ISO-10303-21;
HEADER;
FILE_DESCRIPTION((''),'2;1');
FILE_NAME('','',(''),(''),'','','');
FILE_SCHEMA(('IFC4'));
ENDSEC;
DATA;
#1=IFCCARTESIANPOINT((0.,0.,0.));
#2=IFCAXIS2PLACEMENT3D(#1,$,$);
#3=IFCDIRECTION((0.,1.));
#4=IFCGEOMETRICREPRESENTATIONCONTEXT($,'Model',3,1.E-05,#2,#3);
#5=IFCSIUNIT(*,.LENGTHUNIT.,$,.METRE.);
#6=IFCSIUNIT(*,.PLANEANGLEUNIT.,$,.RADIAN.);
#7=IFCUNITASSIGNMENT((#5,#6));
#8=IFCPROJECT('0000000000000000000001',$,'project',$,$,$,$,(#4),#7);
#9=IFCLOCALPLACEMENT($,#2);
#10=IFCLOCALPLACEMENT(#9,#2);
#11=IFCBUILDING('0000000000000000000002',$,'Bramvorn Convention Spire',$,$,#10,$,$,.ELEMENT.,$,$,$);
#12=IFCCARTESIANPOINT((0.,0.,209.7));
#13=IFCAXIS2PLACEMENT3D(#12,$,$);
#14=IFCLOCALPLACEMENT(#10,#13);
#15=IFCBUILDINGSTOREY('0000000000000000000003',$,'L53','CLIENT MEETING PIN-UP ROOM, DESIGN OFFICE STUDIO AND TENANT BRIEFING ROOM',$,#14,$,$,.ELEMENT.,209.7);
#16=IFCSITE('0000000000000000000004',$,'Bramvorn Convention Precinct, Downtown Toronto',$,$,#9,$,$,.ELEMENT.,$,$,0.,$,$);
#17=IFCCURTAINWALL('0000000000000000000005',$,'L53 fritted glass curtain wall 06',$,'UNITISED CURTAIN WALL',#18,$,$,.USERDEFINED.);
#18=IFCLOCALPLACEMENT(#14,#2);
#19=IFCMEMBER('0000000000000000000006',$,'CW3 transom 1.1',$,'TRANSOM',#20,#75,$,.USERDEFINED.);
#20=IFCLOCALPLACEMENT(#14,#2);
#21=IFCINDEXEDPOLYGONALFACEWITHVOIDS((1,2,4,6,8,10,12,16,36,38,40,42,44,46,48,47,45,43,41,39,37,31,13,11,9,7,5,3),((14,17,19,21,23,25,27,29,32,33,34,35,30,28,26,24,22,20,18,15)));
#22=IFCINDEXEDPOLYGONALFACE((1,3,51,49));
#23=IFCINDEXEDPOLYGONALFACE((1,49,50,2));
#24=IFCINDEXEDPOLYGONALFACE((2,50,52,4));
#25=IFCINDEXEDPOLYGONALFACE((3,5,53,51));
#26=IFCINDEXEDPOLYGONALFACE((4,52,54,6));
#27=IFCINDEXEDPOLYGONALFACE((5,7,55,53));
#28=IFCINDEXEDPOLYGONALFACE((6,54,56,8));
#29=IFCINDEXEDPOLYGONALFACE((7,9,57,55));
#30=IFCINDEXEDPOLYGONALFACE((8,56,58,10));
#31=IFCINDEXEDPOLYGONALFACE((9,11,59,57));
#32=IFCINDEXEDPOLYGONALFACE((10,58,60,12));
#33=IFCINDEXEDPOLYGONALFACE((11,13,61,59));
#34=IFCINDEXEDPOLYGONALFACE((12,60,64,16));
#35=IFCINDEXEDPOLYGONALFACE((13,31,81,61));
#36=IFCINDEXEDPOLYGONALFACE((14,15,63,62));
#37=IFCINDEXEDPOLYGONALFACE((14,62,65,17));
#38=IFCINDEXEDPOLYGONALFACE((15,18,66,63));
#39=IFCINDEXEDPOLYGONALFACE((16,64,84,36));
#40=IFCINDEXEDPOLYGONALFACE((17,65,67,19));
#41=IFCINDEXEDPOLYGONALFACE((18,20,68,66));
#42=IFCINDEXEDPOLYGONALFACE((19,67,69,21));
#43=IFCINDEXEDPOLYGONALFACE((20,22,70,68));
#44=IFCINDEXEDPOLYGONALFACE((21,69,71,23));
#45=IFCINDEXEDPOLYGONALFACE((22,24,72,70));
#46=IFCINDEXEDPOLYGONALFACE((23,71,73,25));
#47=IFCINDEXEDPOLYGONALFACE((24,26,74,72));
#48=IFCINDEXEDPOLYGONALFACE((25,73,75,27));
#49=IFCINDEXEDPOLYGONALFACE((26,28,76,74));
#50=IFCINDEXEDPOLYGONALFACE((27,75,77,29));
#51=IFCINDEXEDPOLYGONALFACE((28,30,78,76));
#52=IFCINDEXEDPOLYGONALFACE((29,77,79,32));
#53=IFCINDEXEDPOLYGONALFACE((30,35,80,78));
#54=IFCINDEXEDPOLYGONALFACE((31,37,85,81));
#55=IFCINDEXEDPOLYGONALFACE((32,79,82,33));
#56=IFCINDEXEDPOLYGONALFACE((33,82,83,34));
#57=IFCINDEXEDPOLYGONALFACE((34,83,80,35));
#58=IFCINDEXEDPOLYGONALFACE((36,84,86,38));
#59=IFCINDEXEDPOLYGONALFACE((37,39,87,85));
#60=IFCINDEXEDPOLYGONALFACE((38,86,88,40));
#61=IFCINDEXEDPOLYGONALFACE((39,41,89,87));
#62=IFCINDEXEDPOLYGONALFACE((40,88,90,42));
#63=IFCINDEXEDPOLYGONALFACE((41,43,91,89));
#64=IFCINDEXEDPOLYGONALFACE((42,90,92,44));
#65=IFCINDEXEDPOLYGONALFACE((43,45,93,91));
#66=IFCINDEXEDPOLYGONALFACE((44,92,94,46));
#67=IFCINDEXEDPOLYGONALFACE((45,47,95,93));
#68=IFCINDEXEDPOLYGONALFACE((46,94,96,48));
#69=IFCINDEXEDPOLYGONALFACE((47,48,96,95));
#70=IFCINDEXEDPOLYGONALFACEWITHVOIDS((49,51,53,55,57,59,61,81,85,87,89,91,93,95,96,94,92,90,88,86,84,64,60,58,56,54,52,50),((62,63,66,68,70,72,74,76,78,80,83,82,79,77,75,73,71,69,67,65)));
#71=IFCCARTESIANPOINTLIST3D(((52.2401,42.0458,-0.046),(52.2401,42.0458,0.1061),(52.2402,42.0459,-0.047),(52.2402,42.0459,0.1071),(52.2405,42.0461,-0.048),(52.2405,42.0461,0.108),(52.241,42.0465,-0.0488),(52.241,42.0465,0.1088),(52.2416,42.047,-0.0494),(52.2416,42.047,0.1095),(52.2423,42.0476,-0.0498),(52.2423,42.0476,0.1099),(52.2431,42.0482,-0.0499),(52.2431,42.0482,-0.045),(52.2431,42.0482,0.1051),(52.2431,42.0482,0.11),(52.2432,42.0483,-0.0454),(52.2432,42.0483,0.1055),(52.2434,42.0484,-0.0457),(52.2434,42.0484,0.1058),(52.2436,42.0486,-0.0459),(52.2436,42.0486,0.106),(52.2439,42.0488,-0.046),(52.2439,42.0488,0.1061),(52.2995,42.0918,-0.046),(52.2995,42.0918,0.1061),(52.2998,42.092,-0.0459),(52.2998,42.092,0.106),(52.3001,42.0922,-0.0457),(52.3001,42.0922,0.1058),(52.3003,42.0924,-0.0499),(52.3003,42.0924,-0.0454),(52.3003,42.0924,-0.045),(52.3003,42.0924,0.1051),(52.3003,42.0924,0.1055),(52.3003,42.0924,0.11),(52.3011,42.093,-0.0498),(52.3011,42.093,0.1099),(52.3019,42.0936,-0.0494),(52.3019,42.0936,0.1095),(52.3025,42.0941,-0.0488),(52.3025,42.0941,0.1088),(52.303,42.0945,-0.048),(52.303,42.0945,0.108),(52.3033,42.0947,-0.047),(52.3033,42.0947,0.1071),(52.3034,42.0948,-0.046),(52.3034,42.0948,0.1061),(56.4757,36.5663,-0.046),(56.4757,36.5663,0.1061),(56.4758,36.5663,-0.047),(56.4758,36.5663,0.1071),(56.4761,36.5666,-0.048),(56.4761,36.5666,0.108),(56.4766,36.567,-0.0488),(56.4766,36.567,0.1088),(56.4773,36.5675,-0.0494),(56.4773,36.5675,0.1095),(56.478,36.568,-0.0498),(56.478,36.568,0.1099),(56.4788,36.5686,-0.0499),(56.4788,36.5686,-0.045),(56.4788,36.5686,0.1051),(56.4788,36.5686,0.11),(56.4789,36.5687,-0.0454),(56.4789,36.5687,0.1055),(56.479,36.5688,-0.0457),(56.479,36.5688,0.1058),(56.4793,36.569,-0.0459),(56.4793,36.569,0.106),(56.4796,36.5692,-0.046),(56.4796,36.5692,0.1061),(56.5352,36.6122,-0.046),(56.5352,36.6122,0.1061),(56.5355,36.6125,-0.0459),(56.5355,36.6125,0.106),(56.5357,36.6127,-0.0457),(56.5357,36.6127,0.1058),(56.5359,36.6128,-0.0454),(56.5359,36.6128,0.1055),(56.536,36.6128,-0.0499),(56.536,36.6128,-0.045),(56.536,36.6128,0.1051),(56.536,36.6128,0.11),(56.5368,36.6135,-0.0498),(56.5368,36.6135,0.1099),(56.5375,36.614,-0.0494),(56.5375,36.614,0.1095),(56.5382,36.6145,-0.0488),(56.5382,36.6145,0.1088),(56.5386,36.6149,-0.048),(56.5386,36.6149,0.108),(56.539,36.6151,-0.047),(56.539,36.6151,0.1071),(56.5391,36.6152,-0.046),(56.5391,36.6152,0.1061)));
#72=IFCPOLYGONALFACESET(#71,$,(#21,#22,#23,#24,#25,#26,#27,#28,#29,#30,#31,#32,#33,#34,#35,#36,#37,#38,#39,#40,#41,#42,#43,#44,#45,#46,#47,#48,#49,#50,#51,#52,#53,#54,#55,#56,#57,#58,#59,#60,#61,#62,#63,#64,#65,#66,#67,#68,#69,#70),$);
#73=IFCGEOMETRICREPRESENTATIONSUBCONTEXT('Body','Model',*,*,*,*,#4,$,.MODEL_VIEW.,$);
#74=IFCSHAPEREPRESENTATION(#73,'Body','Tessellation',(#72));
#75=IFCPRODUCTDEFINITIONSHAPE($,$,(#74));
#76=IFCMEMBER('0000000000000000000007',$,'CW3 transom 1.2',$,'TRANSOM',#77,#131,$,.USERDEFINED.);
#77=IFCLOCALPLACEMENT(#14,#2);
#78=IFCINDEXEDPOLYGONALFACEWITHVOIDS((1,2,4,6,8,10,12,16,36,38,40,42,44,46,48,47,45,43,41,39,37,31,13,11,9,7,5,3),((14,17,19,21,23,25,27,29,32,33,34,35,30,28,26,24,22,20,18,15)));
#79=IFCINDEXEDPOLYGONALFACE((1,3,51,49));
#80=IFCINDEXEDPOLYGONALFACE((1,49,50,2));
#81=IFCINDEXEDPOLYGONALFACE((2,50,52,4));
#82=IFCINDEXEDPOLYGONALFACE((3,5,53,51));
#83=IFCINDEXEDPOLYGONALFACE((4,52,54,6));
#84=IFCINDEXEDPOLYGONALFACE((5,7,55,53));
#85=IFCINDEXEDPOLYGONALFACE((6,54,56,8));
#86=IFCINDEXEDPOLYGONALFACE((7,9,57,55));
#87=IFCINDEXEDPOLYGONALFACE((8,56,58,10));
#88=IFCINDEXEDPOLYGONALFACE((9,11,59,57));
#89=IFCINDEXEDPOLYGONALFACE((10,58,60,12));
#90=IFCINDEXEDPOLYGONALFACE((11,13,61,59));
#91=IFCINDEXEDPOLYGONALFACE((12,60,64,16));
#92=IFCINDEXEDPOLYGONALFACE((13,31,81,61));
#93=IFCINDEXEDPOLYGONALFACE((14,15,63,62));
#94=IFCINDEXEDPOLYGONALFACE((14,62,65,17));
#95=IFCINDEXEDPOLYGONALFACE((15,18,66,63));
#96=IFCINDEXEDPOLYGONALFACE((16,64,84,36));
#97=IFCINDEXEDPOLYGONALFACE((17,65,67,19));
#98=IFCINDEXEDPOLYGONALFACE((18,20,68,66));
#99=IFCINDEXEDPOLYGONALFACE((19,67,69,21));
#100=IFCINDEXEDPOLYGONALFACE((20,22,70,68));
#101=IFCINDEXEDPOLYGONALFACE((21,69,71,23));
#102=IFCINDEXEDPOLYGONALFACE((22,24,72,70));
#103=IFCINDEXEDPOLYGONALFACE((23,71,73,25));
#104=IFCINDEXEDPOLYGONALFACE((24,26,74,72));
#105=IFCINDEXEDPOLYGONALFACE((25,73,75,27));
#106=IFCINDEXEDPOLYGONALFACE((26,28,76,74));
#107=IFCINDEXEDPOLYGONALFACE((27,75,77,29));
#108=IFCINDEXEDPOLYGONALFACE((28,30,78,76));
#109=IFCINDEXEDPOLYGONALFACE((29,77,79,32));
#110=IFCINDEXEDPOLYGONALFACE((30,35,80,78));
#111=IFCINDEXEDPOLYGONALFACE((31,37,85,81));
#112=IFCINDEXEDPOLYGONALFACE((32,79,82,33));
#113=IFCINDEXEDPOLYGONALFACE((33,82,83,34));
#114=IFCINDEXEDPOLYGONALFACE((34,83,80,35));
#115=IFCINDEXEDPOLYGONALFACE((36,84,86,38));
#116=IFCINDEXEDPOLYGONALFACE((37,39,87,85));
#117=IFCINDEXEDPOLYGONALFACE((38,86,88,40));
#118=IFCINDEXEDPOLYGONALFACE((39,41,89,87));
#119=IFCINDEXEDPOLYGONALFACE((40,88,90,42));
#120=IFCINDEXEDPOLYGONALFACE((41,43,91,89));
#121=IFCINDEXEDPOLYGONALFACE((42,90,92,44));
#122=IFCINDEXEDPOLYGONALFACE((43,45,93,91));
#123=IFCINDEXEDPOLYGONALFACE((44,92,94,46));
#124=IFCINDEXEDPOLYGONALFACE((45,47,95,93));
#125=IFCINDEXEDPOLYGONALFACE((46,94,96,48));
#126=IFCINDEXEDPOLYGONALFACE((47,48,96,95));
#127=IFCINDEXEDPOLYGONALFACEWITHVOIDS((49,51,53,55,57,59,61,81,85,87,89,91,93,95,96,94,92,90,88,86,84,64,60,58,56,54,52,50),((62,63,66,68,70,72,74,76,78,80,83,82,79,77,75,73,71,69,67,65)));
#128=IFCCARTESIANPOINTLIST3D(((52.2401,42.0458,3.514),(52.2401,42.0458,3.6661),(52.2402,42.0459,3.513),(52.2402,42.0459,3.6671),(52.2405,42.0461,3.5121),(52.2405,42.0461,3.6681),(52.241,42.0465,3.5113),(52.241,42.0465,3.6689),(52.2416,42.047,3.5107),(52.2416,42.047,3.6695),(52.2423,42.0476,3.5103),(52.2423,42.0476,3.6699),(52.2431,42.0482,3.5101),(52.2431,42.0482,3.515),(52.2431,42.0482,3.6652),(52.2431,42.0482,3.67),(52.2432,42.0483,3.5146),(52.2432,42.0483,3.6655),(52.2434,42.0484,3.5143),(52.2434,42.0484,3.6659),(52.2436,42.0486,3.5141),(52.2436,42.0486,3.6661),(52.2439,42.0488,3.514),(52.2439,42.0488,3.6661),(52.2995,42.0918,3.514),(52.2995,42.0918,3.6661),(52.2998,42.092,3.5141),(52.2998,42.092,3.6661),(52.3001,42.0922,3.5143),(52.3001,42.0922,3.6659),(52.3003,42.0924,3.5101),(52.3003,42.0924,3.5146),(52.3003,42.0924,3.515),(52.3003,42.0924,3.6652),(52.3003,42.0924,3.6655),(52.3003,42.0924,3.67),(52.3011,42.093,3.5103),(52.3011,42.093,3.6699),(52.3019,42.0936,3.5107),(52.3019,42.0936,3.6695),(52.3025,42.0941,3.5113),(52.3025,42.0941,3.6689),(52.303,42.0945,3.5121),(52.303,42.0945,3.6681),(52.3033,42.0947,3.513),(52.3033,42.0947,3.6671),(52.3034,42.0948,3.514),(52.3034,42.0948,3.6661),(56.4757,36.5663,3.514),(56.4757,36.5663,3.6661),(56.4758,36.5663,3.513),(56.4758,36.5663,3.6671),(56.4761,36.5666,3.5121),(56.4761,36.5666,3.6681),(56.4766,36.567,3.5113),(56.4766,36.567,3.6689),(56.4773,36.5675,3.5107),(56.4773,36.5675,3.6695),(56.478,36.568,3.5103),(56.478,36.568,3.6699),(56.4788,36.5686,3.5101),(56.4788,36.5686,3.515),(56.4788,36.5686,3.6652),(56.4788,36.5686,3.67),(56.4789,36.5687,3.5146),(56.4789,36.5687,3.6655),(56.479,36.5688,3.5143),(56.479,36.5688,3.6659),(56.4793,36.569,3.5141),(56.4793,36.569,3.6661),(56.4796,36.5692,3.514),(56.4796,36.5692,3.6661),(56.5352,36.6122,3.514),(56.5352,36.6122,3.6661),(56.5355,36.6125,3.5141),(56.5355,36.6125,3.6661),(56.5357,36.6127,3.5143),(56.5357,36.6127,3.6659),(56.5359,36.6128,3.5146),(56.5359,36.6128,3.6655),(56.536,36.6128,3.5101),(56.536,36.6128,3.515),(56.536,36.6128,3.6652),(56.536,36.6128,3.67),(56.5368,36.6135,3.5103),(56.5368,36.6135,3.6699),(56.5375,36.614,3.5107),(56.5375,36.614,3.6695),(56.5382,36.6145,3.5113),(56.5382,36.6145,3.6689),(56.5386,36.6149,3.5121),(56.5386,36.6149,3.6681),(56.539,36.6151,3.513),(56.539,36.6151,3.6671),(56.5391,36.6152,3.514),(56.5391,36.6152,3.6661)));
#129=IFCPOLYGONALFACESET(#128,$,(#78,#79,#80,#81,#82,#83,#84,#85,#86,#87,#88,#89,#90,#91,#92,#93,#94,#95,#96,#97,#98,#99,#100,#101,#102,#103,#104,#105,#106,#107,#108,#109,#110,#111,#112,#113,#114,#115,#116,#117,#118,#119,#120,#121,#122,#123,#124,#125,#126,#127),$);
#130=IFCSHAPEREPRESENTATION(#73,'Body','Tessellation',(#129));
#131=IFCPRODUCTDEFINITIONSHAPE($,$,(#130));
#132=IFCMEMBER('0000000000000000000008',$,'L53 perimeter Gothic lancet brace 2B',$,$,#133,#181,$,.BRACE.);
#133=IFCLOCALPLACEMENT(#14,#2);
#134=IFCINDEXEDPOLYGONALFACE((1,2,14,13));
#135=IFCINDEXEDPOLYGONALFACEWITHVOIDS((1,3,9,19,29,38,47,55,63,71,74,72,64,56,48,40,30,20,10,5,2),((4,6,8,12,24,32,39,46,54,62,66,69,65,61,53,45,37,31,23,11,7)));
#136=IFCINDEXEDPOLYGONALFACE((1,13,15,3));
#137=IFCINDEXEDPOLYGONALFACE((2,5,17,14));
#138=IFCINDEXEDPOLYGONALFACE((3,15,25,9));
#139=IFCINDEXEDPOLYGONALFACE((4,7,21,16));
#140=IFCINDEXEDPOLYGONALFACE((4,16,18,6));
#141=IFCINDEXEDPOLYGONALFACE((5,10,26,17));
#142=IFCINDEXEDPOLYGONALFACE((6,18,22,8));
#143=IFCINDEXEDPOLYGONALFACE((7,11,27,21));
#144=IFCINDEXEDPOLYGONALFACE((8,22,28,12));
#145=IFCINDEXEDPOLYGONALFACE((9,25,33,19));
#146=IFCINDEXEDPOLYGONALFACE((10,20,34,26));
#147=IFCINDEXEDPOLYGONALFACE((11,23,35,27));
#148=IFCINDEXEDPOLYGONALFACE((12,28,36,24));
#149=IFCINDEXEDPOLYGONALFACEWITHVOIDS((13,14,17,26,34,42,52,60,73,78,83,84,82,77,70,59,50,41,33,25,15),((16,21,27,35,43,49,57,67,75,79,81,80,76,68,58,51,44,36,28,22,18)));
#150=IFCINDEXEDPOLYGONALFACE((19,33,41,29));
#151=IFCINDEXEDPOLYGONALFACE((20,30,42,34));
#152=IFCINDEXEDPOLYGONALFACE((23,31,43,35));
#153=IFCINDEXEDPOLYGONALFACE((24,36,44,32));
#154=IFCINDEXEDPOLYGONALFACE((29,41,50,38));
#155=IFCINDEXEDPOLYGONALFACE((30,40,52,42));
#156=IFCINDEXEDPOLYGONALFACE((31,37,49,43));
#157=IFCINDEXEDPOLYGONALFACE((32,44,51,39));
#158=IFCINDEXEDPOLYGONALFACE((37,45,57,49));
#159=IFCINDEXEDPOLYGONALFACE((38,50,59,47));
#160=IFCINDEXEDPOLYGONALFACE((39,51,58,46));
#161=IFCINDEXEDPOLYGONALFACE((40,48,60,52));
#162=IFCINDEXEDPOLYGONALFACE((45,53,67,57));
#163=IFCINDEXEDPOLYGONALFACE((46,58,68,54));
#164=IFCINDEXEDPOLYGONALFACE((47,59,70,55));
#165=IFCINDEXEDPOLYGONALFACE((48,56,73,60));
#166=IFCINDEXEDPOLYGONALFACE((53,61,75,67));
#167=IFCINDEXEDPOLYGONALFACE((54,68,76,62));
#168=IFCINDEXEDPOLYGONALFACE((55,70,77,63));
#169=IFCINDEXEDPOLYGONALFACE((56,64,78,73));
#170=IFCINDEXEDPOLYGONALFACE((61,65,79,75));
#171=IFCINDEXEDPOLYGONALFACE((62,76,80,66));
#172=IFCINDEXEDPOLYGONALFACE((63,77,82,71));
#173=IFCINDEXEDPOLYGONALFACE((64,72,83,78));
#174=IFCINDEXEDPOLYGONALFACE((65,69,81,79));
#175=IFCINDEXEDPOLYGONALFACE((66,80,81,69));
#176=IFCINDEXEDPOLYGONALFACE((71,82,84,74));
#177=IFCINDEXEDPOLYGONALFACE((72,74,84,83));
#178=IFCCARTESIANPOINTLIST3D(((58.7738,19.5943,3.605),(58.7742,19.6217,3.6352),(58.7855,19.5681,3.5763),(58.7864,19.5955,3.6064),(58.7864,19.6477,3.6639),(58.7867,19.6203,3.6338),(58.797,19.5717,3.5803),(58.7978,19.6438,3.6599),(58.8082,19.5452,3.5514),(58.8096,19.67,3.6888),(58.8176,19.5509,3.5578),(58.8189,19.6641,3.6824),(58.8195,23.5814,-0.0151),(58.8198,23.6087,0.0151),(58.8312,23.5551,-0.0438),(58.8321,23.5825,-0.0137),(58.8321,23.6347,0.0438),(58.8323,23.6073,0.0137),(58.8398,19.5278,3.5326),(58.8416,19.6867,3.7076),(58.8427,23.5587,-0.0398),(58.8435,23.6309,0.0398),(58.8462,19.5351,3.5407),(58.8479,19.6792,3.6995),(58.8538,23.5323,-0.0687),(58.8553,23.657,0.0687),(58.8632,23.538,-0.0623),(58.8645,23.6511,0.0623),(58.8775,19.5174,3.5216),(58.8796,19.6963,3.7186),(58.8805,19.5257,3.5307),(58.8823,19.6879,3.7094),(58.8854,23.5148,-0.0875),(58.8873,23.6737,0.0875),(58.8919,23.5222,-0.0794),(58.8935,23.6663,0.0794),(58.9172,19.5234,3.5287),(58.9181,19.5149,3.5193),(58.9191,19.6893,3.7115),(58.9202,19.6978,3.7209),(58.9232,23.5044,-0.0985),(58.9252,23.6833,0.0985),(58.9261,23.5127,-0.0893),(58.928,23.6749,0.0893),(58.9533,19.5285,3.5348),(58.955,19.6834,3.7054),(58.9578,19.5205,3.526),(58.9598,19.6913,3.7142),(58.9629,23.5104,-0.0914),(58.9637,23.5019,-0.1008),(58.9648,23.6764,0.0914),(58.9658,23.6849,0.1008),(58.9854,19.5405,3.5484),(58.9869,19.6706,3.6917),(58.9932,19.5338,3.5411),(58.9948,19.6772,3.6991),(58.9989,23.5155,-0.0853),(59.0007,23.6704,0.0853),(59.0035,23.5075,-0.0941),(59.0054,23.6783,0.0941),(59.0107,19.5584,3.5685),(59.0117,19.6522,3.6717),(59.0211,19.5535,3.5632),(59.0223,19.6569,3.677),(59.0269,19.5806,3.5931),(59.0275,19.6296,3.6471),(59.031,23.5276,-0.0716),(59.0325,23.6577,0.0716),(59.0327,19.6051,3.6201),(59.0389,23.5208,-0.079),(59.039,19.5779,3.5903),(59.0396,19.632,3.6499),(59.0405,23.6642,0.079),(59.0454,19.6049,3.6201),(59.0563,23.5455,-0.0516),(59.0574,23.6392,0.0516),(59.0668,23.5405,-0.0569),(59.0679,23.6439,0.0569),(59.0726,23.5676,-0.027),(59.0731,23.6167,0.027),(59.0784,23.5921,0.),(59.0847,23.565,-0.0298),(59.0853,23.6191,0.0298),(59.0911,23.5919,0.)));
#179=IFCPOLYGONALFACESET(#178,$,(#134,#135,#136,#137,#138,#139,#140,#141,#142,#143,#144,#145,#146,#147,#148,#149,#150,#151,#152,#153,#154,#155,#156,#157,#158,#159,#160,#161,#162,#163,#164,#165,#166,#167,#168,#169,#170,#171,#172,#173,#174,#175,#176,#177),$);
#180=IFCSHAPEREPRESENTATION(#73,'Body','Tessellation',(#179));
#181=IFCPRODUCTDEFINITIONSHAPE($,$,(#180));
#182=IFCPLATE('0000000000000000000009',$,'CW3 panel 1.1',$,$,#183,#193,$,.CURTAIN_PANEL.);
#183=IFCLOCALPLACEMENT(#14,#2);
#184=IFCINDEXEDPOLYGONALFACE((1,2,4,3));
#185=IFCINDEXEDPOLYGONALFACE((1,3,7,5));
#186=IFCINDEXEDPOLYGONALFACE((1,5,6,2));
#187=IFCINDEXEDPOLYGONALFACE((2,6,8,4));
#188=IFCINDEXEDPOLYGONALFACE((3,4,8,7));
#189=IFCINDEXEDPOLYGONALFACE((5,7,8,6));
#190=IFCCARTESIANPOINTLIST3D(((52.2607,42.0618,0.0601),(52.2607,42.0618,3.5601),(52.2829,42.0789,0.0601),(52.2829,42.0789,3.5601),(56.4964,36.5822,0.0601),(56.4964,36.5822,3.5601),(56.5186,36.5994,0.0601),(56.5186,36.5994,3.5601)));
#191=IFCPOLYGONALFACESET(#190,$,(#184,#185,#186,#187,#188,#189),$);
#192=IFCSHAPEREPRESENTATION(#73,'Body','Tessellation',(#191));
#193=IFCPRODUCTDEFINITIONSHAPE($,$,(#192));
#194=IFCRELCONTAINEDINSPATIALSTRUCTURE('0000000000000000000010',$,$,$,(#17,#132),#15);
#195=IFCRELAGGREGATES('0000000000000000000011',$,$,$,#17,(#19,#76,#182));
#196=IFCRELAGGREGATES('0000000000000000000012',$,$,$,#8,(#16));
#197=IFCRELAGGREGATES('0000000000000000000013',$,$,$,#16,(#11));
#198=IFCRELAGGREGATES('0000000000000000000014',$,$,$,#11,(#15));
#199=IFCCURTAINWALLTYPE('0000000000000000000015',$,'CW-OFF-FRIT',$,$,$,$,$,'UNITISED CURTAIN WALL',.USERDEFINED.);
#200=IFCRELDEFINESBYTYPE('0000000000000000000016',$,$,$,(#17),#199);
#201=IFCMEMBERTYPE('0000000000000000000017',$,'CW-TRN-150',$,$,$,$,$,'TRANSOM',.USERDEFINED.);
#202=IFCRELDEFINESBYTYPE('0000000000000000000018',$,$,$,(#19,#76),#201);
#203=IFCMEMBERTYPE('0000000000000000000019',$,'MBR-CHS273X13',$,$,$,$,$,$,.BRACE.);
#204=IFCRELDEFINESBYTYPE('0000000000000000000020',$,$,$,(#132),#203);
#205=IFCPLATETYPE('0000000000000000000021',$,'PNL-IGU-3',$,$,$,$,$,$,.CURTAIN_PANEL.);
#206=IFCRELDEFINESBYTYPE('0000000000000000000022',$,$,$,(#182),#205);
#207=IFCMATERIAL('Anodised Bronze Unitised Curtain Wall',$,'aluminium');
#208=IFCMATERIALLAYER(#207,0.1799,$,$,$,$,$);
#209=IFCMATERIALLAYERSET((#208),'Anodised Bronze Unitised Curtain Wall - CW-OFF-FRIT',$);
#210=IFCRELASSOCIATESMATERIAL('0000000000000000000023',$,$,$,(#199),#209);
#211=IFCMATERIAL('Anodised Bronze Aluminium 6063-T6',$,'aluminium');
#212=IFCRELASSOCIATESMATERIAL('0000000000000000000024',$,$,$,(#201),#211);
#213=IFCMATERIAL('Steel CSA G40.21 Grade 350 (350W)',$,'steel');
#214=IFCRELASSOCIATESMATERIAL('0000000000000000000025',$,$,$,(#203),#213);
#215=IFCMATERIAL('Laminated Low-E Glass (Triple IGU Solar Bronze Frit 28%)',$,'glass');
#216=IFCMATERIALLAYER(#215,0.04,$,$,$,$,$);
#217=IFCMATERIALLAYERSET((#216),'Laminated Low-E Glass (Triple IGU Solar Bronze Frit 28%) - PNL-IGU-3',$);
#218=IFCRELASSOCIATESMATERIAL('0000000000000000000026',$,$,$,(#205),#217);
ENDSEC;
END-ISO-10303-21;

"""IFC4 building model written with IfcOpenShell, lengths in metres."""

from ifc_helpers import new_model, si_unit, direction, frame, origin, origin_2d, place, context, subcontext, project, spatial, rectangle, hollow_rectangle, hollow_circle, extrude, material, layer, layer_set, material_profile, profile_set, type_object, element, aggregate, save


model = new_model("IFC4")

# Units and contexts
model_context = context("Model", 3, precision=1e-05, world=origin(), true_north=direction((0.0, 1.0)))
body_context = subcontext(model_context, "Body", "Model", "MODEL_VIEW")
ifc_project = project(units=[si_unit("LENGTHUNIT", "METRE"), si_unit("PLANEANGLEUNIT", "RADIAN")], contexts=[model_context])

# Site, building, storey
site_placement = place(None, origin())
site = spatial("IfcSite", under=ifc_project, at=site_placement, Name="Bramvorn Convention Precinct, Downtown Toronto", CompositionType="ELEMENT", RefElevation=0.0)
building_placement = place(site_placement, origin())
building = spatial("IfcBuilding", under=site, at=building_placement, Name="Bramvorn Convention Spire", CompositionType="ELEMENT")
storey_placement = place(building_placement, frame((0.0, 0.0, 209.7)))
storey = spatial("IfcBuildingStorey", under=building, at=storey_placement, Name="L53", Description="CLIENT MEETING PIN-UP ROOM, DESIGN OFFICE STUDIO AND TENANT BRIEFING ROOM", CompositionType="ELEMENT", Elevation=209.7)

# Shared definitions
ifc_material_1 = material(Name="Steel CSA G40.21 Grade 350 (350W)", Category="steel")

# Curtain wall
ifc_material_2 = material(Name="Anodised Bronze Unitised Curtain Wall", Category="aluminium")
ifc_layer_1 = layer(ifc_material_2, 0.1799)
ifc_layer_set_1 = layer_set([ifc_layer_1], Name="Anodised Bronze Unitised Curtain Wall - CW-OFF-FRIT")
curtain_wall_type = type_object("IfcCurtainWallType", Name="CW-OFF-FRIT", ElementType="UNITISED CURTAIN WALL", PredefinedType="USERDEFINED", material=ifc_layer_set_1)
curtain_wall_1_placement = place(storey_placement, origin())
curtain_wall_1 = element("IfcCurtainWall", 1, at=curtain_wall_1_placement, inside=storey, type_object=curtain_wall_type, Name="L53 fritted glass curtain wall 06", ObjectType="UNITISED CURTAIN WALL", PredefinedType="USERDEFINED")
ifc_material_3 = material(Name="Anodised Bronze Aluminium 6063-T6", Category="aluminium")

# Members
ifc_material_profile_1 = material_profile(ifc_material_3, hollow_rectangle(XDim=0.0801, YDim=0.1599, WallThickness=0.0039, InnerFilletRadius=0.001, OuterFilletRadius=0.0039, at=origin_2d()))
ifc_profile_set_1 = profile_set([ifc_material_profile_1], Name="Anodised Bronze Aluminium 6063-T6 - CWT80X160")
member_type_1 = type_object("IfcMemberType", Name="CW-TRN-150", ElementType="TRANSOM", PredefinedType="USERDEFINED", material=ifc_profile_set_1)
member_1_placement = place(storey_placement, frame((52.2717, 42.0703, 0.03), z_axis=(0.611578, -0.791184, 0.0), x_axis=(0.791184, 0.611578, 0.0)))
member_1 = element("IfcMember", 2, at=member_1_placement, type_object=member_type_1, Name="CW3 transom 1.1", ObjectType="TRANSOM", PredefinedType="USERDEFINED", context=body_context, shape_type="SweptSolid", body=[
    extrude(hollow_rectangle(XDim=0.0801, YDim=0.1599, WallThickness=0.0039, InnerFilletRadius=0.001, OuterFilletRadius=0.0039, at=origin_2d()), origin(), (0.0, 0.0, 1.0), 6.9258),
])
member_2_placement = place(storey_placement, frame((52.2717, 42.0703, 3.5901), z_axis=(0.611578, -0.791184, 0.0), x_axis=(0.791184, 0.611578, 0.0)))
member_2 = element("IfcMember", 3, at=member_2_placement, type_object=member_type_1, Name="CW3 transom 1.2", ObjectType="TRANSOM", PredefinedType="USERDEFINED", context=body_context, shape_type="SweptSolid", body=[
    extrude(hollow_rectangle(XDim=0.0801, YDim=0.1599, WallThickness=0.0039, InnerFilletRadius=0.001, OuterFilletRadius=0.0039, at=origin_2d()), origin(), (0.0, 0.0, 1.0), 6.9258),
])
ifc_material_profile_2 = material_profile(ifc_material_1, hollow_circle(Radius=0.1365, WallThickness=0.0127, at=origin_2d()))
ifc_profile_set_2 = profile_set([ifc_material_profile_2], Name="Steel CSA G40.21 Grade 350 (350W) - CHS273X13")
member_type_2 = type_object("IfcMemberType", Name="MBR-CHS273X13", PredefinedType="BRACE", material=ifc_profile_set_2)
member_3_placement = place(storey_placement, frame((58.9546, 23.5935, 0.0), z_axis=(-0.008477, -0.740328, 0.672193), x_axis=(0.999934, -0.01145, 0.0)))
element("IfcMember", 4, at=member_3_placement, inside=storey, type_object=member_type_2, Name="L53 perimeter Gothic lancet brace 2B", PredefinedType="BRACE", context=body_context, shape_type="SweptSolid", body=[
    extrude(hollow_circle(Radius=0.1365, WallThickness=0.0127, at=origin_2d()), origin(), (0.0, 0.0, 1.0), 5.3855),
])

# Plate
ifc_material_4 = material(Name="Laminated Low-E Glass (Triple IGU Solar Bronze Frit 28%)", Category="glass")
ifc_layer_2 = layer(ifc_material_4, 0.04)
ifc_layer_set_2 = layer_set([ifc_layer_2], Name="Laminated Low-E Glass (Triple IGU Solar Bronze Frit 28%) - PNL-IGU-3")
plate_type = type_object("IfcPlateType", Name="PNL-IGU-3", PredefinedType="CURTAIN_PANEL", material=ifc_layer_set_2)
plate_1_placement = place(storey_placement, frame((54.3896, 39.3306, 0.0601), z_axis=(0.0, 0.0, 1.0), x_axis=(0.611582, -0.791181, 0.0)))
plate_1 = element("IfcPlate", 5, at=plate_1_placement, type_object=plate_type, Name="CW3 panel 1.1", PredefinedType="CURTAIN_PANEL", context=body_context, shape_type="SweptSolid", body=[
    extrude(rectangle(XDim=6.9258, YDim=0.0281, at=origin_2d()), origin(), (0.0, 0.0, 1.0), 3.5),
])
aggregate(curtain_wall_1, [member_1, member_2, plate_1])

save(model, "model.ifc")
